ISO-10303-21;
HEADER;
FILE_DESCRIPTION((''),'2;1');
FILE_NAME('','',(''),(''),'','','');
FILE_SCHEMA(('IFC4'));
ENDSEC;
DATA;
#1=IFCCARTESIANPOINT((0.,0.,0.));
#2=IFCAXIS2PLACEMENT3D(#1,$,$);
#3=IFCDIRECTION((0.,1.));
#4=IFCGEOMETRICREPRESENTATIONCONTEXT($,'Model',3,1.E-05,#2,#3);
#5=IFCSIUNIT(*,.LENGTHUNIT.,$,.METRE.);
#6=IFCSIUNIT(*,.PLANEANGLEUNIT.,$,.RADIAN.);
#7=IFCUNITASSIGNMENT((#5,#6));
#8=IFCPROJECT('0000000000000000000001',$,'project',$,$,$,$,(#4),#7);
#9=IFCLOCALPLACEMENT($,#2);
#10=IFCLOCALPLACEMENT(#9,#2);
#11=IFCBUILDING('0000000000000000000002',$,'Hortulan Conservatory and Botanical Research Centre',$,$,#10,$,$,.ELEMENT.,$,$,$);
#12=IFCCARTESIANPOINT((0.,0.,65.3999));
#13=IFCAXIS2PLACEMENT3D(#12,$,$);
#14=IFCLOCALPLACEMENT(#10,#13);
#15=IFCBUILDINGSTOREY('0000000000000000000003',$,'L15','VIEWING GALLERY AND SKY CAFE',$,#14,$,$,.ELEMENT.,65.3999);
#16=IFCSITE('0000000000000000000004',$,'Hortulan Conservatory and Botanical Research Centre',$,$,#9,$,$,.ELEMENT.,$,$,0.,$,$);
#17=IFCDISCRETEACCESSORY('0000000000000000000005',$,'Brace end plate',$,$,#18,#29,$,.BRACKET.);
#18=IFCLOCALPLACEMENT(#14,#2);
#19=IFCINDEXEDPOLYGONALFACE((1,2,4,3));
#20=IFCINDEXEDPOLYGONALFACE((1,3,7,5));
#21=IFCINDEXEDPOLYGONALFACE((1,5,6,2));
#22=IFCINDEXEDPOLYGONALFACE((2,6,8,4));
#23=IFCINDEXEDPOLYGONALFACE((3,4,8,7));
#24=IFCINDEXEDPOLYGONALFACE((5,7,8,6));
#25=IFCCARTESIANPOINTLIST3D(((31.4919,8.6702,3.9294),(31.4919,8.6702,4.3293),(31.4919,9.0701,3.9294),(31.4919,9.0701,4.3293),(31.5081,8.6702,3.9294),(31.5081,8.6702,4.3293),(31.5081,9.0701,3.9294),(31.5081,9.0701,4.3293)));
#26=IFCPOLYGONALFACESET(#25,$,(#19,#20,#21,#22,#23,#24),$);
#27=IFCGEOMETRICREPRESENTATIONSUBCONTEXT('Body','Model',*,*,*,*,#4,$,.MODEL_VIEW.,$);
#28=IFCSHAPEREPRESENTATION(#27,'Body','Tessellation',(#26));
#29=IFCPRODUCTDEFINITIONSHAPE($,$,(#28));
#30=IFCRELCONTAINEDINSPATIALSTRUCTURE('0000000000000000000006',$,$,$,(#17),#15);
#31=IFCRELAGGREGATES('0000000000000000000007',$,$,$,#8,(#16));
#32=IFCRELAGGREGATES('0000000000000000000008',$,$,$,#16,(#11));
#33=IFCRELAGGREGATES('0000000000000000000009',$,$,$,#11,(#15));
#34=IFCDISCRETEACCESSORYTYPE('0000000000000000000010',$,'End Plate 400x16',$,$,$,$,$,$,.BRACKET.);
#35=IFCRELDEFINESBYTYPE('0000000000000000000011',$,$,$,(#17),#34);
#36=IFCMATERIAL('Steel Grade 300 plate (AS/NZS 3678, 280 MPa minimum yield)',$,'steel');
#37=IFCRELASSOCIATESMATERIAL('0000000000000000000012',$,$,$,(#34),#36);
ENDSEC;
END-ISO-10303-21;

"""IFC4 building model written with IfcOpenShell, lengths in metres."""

from ifc_helpers import new_model, si_unit, direction, frame, origin, origin_2d, place, context, subcontext, project, spatial, rectangle, extrude, material, type_object, element, save


model = new_model("IFC4")

# Units and contexts
model_context = context("Model", 3, precision=1e-05, world=origin(), true_north=direction((0.0, 1.0)))
body_context = subcontext(model_context, "Body", "Model", "MODEL_VIEW")
ifc_project = project(units=[si_unit("LENGTHUNIT", "METRE"), si_unit("PLANEANGLEUNIT", "RADIAN")], contexts=[model_context])

# Site, building, storey
site_placement = place(None, origin())
site = spatial("IfcSite", under=ifc_project, at=site_placement, Name="Hortulan Conservatory and Botanical Research Centre", CompositionType="ELEMENT", RefElevation=0.0)
building_placement = place(site_placement, origin())
building = spatial("IfcBuilding", under=site, at=building_placement, Name="Hortulan Conservatory and Botanical Research Centre", CompositionType="ELEMENT")
storey_placement = place(building_placement, frame((0.0, 0.0, 65.3999)))
storey = spatial("IfcBuildingStorey", under=building, at=storey_placement, Name="L15", Description="VIEWING GALLERY AND SKY CAFE", CompositionType="ELEMENT", Elevation=65.3999)

# Discrete accessory
ifc_material_1 = material(Name="Steel Grade 300 plate (AS/NZS 3678, 280 MPa minimum yield)", Category="steel")
discrete_accessory_type = type_object("IfcDiscreteAccessoryType", Name="End Plate 400x16", PredefinedType="BRACKET", material=ifc_material_1)
for number, where, z_axis, x_axis, name in (
    (1, (31.5, 8.8701, 3.9294), (0.0, 0.0, 1.0), (0.0, -1.0, 0.0), "Brace end plate"),
):
    element("IfcDiscreteAccessory", number, at=place(storey_placement, frame(where, z_axis=z_axis, x_axis=x_axis)), inside=storey, type_object=discrete_accessory_type, Name=name, PredefinedType="BRACKET", context=body_context, shape_type="SweptSolid", body=[
        extrude(rectangle(XDim=0.3999, YDim=0.0161, at=origin_2d()), origin(), (0.0, 0.0, 1.0), 0.3999),
    ])

save(model, "model.ifc")
